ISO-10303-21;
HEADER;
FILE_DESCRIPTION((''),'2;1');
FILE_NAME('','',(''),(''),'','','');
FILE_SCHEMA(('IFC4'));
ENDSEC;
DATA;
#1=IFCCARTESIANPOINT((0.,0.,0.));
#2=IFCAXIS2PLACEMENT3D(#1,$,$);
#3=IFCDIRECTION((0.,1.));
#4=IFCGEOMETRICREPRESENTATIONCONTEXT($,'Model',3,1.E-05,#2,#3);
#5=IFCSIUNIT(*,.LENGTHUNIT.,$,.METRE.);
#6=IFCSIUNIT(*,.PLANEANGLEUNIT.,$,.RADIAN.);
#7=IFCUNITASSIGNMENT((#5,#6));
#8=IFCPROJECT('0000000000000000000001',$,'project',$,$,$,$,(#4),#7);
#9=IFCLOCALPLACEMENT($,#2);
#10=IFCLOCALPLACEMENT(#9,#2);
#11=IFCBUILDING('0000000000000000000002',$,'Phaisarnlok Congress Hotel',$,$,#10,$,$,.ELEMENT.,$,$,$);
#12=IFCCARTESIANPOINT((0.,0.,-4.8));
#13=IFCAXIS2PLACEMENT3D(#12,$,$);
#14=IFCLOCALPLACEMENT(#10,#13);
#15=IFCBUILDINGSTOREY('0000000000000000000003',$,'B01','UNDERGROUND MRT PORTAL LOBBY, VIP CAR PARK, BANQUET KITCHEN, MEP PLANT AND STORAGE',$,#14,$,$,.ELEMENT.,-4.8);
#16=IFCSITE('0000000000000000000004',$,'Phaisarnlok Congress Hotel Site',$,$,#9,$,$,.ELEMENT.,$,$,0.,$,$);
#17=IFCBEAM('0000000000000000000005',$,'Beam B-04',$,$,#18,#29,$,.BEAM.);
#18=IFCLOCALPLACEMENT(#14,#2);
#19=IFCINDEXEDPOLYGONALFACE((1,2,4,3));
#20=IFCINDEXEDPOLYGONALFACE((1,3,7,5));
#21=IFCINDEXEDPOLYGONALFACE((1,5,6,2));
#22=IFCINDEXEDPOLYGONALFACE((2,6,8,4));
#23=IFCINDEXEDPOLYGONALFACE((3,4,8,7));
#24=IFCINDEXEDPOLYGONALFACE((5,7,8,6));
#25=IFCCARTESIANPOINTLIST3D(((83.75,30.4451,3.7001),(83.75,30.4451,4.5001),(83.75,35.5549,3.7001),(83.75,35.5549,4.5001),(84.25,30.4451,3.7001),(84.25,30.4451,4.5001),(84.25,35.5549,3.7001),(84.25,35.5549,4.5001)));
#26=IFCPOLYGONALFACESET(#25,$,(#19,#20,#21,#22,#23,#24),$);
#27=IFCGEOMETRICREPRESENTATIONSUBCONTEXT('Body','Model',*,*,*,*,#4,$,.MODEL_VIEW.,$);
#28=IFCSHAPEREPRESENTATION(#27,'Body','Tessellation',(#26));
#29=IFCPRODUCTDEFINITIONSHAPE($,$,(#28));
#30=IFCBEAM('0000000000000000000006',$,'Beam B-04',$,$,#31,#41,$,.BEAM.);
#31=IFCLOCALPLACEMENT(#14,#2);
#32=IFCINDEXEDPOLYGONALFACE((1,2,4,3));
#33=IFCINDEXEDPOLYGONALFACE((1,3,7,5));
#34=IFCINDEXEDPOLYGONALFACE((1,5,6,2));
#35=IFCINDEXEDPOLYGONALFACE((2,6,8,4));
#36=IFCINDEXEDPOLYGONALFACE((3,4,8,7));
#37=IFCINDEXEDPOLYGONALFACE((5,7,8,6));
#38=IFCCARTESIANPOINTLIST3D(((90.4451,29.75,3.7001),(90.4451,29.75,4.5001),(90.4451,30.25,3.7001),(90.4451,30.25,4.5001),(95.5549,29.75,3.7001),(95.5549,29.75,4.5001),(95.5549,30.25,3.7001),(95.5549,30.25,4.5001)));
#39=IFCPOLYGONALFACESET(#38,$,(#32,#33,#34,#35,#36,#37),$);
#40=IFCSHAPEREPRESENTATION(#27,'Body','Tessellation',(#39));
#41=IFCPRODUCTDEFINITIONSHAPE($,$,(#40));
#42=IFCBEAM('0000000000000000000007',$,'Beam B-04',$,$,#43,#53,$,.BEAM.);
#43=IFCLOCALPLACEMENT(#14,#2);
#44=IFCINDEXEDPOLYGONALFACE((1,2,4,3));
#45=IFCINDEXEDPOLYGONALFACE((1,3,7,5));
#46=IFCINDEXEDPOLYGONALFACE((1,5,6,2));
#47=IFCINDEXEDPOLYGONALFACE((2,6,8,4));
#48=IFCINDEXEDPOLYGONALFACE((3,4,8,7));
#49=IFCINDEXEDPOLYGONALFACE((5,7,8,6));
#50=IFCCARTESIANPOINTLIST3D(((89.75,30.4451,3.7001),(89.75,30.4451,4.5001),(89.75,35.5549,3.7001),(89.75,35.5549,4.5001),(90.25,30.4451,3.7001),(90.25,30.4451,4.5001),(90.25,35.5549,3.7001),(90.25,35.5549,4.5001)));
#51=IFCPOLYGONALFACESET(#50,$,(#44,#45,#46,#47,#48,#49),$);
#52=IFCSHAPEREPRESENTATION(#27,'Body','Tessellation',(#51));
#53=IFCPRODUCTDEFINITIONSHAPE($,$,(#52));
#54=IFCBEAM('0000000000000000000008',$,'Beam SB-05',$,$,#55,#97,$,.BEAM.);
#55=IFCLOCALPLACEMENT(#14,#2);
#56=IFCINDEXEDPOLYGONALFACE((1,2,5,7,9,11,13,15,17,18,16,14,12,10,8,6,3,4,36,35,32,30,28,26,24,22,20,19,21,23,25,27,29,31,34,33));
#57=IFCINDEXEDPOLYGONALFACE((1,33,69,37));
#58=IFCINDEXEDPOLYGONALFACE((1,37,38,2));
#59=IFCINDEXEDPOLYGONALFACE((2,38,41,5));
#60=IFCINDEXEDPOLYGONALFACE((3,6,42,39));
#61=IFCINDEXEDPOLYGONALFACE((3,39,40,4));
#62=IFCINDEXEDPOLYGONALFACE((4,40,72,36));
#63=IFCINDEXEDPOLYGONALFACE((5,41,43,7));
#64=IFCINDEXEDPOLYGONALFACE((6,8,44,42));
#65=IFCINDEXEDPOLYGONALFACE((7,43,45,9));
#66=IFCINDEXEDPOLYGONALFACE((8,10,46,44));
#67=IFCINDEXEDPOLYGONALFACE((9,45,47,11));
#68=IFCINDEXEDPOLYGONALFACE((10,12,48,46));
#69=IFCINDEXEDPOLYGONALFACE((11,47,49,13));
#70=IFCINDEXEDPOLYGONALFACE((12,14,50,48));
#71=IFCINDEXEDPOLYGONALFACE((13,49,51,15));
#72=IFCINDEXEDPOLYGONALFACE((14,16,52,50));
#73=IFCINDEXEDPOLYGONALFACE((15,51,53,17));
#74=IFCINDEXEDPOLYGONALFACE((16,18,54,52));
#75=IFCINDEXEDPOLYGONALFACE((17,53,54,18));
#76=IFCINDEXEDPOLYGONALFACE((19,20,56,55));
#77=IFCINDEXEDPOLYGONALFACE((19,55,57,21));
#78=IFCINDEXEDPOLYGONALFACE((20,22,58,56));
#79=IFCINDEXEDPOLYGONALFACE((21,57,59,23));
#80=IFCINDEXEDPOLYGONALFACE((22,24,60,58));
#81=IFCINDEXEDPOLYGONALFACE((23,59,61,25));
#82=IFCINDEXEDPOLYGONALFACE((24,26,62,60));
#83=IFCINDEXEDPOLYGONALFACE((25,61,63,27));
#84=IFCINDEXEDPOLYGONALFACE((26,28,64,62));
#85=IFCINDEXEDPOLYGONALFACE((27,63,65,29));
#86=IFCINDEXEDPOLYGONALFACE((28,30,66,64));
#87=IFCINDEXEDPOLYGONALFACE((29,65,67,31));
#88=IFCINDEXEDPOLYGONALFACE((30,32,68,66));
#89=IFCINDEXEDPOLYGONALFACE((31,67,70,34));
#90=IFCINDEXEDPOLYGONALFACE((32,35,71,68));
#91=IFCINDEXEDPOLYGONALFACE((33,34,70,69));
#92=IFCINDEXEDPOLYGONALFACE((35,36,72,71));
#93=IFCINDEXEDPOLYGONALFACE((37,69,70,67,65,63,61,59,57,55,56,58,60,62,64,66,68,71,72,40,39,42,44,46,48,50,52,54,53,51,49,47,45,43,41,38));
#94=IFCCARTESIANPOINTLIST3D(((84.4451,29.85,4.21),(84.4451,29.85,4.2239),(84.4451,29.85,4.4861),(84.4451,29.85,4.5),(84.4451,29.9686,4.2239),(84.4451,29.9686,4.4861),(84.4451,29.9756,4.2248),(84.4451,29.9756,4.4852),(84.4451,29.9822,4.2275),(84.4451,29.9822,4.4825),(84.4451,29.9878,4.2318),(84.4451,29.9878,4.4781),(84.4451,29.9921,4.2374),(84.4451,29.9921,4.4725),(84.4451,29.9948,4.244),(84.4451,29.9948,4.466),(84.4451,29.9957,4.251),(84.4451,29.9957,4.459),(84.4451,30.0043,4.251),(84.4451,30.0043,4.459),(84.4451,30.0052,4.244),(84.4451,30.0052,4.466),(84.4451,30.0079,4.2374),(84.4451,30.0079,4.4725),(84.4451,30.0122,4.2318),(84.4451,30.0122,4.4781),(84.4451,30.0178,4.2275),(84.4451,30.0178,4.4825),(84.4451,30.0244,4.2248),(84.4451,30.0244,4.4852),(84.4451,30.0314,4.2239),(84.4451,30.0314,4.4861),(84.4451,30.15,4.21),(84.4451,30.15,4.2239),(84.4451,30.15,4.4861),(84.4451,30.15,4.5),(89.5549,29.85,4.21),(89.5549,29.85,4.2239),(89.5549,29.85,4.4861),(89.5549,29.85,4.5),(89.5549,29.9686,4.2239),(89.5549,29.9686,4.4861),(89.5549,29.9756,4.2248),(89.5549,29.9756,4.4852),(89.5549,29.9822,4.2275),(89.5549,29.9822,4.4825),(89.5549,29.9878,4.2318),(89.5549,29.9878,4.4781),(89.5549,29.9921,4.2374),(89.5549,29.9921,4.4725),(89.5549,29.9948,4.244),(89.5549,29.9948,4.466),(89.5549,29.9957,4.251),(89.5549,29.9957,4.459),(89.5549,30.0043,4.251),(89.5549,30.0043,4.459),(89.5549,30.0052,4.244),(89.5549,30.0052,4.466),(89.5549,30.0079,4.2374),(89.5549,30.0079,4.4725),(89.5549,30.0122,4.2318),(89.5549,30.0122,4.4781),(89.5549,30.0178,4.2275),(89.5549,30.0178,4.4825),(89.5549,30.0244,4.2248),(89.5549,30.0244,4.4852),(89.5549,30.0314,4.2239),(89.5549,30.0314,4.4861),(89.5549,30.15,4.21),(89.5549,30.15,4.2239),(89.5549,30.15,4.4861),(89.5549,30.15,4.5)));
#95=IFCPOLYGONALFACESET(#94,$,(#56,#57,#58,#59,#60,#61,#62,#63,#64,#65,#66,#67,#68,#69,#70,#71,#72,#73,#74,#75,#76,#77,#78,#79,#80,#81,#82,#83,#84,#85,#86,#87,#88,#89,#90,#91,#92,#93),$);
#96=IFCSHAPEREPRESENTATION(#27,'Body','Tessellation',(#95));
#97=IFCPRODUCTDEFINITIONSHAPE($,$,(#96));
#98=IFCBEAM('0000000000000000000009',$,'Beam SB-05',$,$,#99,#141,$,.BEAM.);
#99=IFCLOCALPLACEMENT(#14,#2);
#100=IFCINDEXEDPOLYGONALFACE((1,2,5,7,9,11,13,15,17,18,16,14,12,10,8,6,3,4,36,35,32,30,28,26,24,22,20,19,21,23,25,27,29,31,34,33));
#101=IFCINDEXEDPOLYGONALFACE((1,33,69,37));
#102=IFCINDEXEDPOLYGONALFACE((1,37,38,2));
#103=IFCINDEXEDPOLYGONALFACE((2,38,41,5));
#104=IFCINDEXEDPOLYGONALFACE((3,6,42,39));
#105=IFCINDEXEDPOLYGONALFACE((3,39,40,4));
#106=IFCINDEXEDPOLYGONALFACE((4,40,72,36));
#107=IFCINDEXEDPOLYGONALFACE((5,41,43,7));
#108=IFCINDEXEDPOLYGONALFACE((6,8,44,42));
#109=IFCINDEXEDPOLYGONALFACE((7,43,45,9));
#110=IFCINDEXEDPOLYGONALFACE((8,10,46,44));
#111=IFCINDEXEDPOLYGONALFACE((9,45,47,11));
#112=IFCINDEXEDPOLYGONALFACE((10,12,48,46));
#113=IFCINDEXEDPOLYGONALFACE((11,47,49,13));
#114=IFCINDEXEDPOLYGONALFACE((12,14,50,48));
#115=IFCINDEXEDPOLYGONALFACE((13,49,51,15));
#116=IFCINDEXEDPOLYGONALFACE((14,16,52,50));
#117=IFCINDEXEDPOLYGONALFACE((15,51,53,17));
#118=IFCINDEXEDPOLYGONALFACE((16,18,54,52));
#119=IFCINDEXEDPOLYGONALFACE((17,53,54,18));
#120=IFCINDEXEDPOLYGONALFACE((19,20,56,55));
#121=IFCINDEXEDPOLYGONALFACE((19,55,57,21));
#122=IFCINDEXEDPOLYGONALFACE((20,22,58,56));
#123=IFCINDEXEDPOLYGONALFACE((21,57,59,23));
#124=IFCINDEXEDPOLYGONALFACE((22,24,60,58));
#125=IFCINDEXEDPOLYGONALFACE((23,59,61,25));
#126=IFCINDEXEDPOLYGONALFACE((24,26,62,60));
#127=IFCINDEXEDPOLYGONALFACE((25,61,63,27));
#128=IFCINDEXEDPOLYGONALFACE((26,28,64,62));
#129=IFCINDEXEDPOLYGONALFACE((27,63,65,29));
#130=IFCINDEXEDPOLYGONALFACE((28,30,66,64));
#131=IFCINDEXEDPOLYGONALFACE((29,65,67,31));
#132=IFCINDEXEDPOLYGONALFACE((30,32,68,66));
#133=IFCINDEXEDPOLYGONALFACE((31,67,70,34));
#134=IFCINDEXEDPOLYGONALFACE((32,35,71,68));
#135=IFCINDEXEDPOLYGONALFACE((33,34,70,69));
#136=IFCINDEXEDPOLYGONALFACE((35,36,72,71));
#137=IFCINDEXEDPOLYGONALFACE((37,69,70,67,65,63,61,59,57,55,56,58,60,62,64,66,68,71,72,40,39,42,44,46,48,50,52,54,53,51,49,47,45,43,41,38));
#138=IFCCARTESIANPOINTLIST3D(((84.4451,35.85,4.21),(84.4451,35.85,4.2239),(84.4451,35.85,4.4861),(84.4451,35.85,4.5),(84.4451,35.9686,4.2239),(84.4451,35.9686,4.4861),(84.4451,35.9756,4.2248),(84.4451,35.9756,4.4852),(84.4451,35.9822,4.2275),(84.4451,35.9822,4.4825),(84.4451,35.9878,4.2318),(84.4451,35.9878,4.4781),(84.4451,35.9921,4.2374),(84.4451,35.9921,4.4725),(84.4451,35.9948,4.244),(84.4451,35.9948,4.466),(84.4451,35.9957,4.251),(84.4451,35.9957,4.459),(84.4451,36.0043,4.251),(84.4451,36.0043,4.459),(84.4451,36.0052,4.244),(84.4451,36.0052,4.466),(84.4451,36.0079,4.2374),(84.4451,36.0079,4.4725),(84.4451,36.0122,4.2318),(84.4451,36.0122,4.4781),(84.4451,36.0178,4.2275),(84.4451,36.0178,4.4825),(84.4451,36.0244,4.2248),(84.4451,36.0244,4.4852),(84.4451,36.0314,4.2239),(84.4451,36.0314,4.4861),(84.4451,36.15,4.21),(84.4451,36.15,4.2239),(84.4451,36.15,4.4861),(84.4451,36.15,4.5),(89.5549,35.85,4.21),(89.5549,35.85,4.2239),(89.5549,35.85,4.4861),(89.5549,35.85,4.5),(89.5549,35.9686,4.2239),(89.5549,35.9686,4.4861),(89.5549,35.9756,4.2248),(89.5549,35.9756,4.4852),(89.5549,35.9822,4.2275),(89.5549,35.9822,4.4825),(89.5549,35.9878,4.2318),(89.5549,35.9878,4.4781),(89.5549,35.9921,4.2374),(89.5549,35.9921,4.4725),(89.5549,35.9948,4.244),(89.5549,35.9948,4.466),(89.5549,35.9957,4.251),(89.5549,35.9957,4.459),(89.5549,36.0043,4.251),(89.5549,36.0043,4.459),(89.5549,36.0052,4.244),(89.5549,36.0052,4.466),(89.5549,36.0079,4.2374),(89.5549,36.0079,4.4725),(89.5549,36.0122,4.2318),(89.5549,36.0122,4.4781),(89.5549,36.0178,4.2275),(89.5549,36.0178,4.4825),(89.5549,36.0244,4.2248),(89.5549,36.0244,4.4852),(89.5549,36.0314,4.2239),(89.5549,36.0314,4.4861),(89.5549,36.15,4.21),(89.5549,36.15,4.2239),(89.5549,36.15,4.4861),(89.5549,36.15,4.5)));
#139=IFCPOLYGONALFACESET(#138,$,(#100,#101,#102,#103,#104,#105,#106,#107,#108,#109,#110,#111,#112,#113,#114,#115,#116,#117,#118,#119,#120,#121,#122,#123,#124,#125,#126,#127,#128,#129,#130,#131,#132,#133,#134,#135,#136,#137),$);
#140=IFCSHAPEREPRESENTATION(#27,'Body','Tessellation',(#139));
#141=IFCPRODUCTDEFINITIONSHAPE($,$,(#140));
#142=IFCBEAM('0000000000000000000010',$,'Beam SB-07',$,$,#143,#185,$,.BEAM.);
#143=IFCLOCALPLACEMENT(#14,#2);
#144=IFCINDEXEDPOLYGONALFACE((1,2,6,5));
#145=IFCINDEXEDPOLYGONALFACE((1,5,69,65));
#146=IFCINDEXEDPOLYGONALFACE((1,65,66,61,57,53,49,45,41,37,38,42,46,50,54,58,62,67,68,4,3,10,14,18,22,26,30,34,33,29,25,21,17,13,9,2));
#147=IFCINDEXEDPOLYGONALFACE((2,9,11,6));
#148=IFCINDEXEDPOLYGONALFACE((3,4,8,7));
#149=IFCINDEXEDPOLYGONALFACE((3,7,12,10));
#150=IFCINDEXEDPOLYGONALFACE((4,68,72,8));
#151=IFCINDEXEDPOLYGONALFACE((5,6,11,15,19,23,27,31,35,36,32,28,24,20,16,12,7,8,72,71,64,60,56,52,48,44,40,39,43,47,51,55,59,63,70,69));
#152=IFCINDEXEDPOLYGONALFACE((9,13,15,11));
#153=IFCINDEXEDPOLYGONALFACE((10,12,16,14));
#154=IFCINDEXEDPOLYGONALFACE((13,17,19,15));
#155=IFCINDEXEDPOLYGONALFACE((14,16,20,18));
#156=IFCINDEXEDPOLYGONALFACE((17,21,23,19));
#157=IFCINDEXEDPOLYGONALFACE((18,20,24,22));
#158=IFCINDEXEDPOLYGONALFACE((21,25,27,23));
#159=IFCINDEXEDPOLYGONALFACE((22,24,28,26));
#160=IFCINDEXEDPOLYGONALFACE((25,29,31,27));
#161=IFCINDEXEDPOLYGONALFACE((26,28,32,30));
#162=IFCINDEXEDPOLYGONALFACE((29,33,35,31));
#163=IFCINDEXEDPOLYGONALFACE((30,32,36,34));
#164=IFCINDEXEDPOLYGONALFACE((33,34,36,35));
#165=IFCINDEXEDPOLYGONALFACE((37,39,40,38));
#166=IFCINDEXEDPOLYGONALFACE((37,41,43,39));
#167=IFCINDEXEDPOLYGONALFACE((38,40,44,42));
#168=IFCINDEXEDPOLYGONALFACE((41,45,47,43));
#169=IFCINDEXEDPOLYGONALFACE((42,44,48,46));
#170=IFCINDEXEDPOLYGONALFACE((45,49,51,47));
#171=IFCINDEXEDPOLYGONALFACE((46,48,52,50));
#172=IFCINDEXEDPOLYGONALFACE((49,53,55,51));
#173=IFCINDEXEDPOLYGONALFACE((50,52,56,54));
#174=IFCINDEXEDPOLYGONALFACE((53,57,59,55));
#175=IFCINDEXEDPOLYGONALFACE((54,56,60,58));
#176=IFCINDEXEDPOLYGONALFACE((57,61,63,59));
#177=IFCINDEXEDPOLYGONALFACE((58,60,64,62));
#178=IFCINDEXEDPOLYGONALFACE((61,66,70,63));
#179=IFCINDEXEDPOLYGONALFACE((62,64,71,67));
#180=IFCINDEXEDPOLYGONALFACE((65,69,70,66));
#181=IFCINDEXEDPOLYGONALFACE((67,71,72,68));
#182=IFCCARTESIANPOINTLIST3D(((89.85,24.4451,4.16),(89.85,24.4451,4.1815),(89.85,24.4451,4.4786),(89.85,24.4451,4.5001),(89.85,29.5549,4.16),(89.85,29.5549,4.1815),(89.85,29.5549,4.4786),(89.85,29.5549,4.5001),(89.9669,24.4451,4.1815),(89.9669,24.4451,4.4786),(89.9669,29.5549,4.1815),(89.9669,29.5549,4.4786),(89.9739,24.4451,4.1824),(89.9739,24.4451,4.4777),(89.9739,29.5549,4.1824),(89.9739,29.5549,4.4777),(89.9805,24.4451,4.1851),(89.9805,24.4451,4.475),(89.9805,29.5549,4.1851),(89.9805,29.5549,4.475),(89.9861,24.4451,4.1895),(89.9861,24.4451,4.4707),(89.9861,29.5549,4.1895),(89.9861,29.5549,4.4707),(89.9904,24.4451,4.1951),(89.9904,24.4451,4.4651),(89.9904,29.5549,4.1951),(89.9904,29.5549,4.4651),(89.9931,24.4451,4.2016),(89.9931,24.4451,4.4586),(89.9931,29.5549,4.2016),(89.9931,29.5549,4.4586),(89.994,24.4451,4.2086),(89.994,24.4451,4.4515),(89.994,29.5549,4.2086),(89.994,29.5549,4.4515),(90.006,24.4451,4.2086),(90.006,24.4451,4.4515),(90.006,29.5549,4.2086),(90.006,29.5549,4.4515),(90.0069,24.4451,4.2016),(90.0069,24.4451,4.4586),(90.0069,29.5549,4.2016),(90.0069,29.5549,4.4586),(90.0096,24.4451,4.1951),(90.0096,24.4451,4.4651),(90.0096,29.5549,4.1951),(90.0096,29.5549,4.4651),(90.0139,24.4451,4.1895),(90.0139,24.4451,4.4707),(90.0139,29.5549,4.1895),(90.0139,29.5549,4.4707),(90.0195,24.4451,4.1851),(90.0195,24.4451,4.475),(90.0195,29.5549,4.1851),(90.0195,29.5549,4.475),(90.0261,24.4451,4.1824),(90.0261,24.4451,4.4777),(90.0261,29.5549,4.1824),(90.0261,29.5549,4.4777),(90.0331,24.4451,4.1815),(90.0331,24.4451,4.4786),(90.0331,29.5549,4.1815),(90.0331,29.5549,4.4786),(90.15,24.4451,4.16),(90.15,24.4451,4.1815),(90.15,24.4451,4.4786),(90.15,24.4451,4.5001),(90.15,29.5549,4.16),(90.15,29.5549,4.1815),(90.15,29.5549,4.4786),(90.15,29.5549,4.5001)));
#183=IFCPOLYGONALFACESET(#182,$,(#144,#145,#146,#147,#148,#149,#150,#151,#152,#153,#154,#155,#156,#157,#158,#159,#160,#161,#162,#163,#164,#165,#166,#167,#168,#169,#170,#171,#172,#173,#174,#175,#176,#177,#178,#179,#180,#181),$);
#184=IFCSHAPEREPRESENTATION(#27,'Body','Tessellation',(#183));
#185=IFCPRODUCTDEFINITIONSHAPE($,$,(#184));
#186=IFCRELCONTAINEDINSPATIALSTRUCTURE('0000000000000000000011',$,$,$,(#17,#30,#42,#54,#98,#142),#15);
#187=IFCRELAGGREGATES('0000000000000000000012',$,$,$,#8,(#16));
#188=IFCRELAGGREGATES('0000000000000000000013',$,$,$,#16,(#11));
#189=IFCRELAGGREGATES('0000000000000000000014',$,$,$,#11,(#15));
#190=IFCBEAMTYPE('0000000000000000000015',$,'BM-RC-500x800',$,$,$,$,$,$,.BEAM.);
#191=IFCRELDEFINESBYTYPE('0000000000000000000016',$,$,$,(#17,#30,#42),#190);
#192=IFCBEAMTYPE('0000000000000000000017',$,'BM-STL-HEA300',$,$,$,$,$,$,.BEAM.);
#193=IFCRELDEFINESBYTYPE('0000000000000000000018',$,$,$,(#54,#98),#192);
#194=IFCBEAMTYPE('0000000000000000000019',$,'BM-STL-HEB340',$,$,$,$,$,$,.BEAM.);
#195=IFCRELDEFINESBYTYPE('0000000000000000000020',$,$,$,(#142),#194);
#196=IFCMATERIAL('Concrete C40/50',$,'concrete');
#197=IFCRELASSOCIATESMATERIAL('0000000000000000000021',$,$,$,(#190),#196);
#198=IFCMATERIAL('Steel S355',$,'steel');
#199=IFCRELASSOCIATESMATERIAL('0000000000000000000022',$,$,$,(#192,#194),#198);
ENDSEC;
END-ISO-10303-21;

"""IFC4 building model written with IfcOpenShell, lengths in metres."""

from ifc_helpers import new_model, si_unit, direction, frame, origin, origin_2d, place, context, subcontext, project, spatial, rectangle, i_section, extrude, material, material_profile, profile_set, type_object, element, save


model = new_model("IFC4")

# Units and contexts
model_context = context("Model", 3, precision=1e-05, world=origin(), true_north=direction((0.0, 1.0)))
body_context = subcontext(model_context, "Body", "Model", "MODEL_VIEW")
ifc_project = project(units=[si_unit("LENGTHUNIT", "METRE"), si_unit("PLANEANGLEUNIT", "RADIAN")], contexts=[model_context])

# Site, building, storey
site_placement = place(None, origin())
site = spatial("IfcSite", under=ifc_project, at=site_placement, Name="Phaisarnlok Congress Hotel Site", CompositionType="ELEMENT", RefElevation=0.0)
building_placement = place(site_placement, origin())
building = spatial("IfcBuilding", under=site, at=building_placement, Name="Phaisarnlok Congress Hotel", CompositionType="ELEMENT")
storey_placement = place(building_placement, frame((0.0, 0.0, -4.8)))
storey = spatial("IfcBuildingStorey", under=building, at=storey_placement, Name="B01", Description="UNDERGROUND MRT PORTAL LOBBY, VIP CAR PARK, BANQUET KITCHEN, MEP PLANT AND STORAGE", CompositionType="ELEMENT", Elevation=-4.8)

# Shared definitions
ifc_material_1 = material(Name="Concrete C40/50", Category="concrete")

# Beams
ifc_material_profile_1 = material_profile(ifc_material_1, rectangle(XDim=0.5, YDim=0.8, at=origin_2d()), Name="RC 500x800")
ifc_profile_set_1 = profile_set([ifc_material_profile_1], Name="Concrete C40/50")
beam_type_1 = type_object("IfcBeamType", Name="BM-RC-500x800", PredefinedType="BEAM", material=ifc_profile_set_1)
for number, where, z_axis, x_axis, name in (
    (1, (84.0, 30.4451, 4.1001), (0.0, 1.0, 0.0), (-1.0, 0.0, 0.0), "Beam B-04"),
    (2, (90.4451, 30.0, 4.1001), (1.0, 0.0, 0.0), (0.0, 1.0, 0.0), "Beam B-04"),
    (3, (90.0, 30.4451, 4.1001), (0.0, 1.0, 0.0), (-1.0, 0.0, 0.0), "Beam B-04"),
):
    element("IfcBeam", number, at=place(storey_placement, frame(where, z_axis=z_axis, x_axis=x_axis)), inside=storey, type_object=beam_type_1, Name=name, PredefinedType="BEAM", context=body_context, shape_type="SweptSolid", body=[
        extrude(rectangle(XDim=0.5, YDim=0.8, at=origin_2d()), origin(), (0.0, 0.0, 1.0), 5.1099),
    ])
ifc_material_2 = material(Name="Steel S355", Category="steel")
ifc_material_profile_2 = material_profile(ifc_material_2, i_section(OverallWidth=0.3, OverallDepth=0.29, WebThickness=0.0085, FlangeThickness=0.0139, FilletRadius=0.0271, at=origin_2d()), Name="HEA 300")
ifc_profile_set_2 = profile_set([ifc_material_profile_2], Name="Steel S355")
beam_type_2 = type_object("IfcBeamType", Name="BM-STL-HEA300", PredefinedType="BEAM", material=ifc_profile_set_2)
for number, where, z_axis, x_axis, name in (
    (4, (84.4451, 30.0, 4.355), (1.0, 0.0, 0.0), (0.0, 1.0, 0.0), "Beam SB-05"),
    (5, (84.4451, 36.0, 4.355), (1.0, 0.0, 0.0), (0.0, 1.0, 0.0), "Beam SB-05"),
):
    element("IfcBeam", number, at=place(storey_placement, frame(where, z_axis=z_axis, x_axis=x_axis)), inside=storey, type_object=beam_type_2, Name=name, PredefinedType="BEAM", context=body_context, shape_type="SweptSolid", body=[
        extrude(i_section(OverallWidth=0.3, OverallDepth=0.29, WebThickness=0.0085, FlangeThickness=0.0139, FilletRadius=0.0271, at=origin_2d()), origin(), (0.0, 0.0, 1.0), 5.1099),
    ])
ifc_material_profile_3 = material_profile(ifc_material_2, i_section(OverallWidth=0.3, OverallDepth=0.3401, WebThickness=0.012, FlangeThickness=0.0215, FilletRadius=0.0271, at=origin_2d()), Name="HEB 340")
ifc_profile_set_3 = profile_set([ifc_material_profile_3], Name="Steel S355")
beam_type_3 = type_object("IfcBeamType", Name="BM-STL-HEB340", PredefinedType="BEAM", material=ifc_profile_set_3)
beam_1_placement = place(storey_placement, frame((90.0, 24.4451, 4.3301), z_axis=(0.0, 1.0, 0.0), x_axis=(-1.0, 0.0, 0.0)))
element("IfcBeam", 6, at=beam_1_placement, inside=storey, type_object=beam_type_3, Name="Beam SB-07", PredefinedType="BEAM", context=body_context, shape_type="SweptSolid", body=[
    extrude(i_section(OverallWidth=0.3, OverallDepth=0.3401, WebThickness=0.012, FlangeThickness=0.0215, FilletRadius=0.0271, at=origin_2d()), origin(), (0.0, 0.0, 1.0), 5.1099),
])

save(model, "model.ifc")
